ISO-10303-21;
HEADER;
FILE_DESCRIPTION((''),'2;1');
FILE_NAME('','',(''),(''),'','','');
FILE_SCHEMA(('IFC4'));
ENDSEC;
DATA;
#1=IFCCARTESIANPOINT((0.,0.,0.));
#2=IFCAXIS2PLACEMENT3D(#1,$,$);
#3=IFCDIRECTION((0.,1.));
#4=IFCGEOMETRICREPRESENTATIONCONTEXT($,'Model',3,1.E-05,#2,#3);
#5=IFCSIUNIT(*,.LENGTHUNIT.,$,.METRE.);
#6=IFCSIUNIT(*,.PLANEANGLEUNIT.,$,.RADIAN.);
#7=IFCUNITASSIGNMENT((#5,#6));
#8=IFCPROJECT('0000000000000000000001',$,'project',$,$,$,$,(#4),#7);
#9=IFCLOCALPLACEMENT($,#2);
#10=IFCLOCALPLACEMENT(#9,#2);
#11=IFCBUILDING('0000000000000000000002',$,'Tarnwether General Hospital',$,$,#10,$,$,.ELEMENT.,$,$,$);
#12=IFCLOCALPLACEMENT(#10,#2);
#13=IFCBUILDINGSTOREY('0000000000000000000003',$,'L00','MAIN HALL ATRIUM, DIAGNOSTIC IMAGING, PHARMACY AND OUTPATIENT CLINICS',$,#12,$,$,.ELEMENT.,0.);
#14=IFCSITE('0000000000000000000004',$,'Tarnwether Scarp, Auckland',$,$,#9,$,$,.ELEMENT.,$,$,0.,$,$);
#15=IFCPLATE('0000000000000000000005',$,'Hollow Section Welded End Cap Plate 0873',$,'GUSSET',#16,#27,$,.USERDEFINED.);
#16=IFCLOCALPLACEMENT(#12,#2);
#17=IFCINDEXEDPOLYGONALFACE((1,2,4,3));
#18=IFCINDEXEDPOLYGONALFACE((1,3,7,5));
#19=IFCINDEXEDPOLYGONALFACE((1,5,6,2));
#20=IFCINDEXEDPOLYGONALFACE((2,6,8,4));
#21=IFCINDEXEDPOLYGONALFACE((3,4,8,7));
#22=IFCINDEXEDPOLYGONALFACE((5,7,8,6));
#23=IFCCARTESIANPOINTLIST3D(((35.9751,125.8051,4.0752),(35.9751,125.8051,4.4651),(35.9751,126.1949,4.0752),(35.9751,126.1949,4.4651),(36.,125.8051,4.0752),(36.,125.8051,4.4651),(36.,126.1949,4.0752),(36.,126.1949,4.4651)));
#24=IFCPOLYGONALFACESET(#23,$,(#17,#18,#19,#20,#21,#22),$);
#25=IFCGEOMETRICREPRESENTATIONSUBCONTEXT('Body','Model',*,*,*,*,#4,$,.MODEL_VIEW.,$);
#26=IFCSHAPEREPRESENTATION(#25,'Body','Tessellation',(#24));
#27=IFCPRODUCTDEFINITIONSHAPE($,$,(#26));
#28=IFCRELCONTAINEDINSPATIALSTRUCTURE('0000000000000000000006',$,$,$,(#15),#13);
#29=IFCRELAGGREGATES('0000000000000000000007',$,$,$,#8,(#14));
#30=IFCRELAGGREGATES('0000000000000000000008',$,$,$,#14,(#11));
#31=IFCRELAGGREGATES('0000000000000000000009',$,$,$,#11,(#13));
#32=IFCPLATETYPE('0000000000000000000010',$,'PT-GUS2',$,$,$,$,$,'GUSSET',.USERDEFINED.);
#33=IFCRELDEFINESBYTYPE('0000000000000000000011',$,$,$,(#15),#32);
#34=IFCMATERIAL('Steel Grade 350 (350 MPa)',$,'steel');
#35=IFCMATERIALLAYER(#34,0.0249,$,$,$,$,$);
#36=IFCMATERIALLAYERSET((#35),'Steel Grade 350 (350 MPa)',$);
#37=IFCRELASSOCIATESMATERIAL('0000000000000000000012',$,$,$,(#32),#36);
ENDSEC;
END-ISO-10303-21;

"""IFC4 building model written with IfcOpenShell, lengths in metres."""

from ifc_helpers import new_model, si_unit, direction, frame, origin, origin_2d, place, context, subcontext, project, spatial, rectangle, extrude, material, layer, layer_set, type_object, element, save


model = new_model("IFC4")

# Units and contexts
model_context = context("Model", 3, precision=1e-05, world=origin(), true_north=direction((0.0, 1.0)))
body_context = subcontext(model_context, "Body", "Model", "MODEL_VIEW")
ifc_project = project(units=[si_unit("LENGTHUNIT", "METRE"), si_unit("PLANEANGLEUNIT", "RADIAN")], contexts=[model_context])

# Site, building, storey
site_placement = place(None, origin())
site = spatial("IfcSite", under=ifc_project, at=site_placement, Name="Tarnwether Scarp, Auckland", CompositionType="ELEMENT", RefElevation=0.0)
building_placement = place(site_placement, origin())
building = spatial("IfcBuilding", under=site, at=building_placement, Name="Tarnwether General Hospital", CompositionType="ELEMENT")
storey_placement = place(building_placement, origin())
storey = spatial("IfcBuildingStorey", under=building, at=storey_placement, Name="L00", Description="MAIN HALL ATRIUM, DIAGNOSTIC IMAGING, PHARMACY AND OUTPATIENT CLINICS", CompositionType="ELEMENT", Elevation=0.0)

# Plate
ifc_material_1 = material(Name="Steel Grade 350 (350 MPa)", Category="steel")
ifc_layer = layer(ifc_material_1, 0.0249)
ifc_layer_set = layer_set([ifc_layer], Name="Steel Grade 350 (350 MPa)")
plate_type = type_object("IfcPlateType", Name="PT-GUS2", ElementType="GUSSET", PredefinedType="USERDEFINED", material=ifc_layer_set)
plate_placement = place(storey_placement, frame((35.9875, 126.0, 4.0752), z_axis=(0.0, 0.0, 1.0), x_axis=(1.0, 0.0, 0.0)))
element("IfcPlate", 1, at=plate_placement, inside=storey, type_object=plate_type, Name="Hollow Section Welded End Cap Plate 0873", ObjectType="GUSSET", PredefinedType="USERDEFINED", context=body_context, shape_type="SweptSolid", body=[
    extrude(rectangle(XDim=0.0249, YDim=0.3899, at=origin_2d()), origin(), (0.0, 0.0, 1.0), 0.3899),
])

save(model, "model.ifc")
